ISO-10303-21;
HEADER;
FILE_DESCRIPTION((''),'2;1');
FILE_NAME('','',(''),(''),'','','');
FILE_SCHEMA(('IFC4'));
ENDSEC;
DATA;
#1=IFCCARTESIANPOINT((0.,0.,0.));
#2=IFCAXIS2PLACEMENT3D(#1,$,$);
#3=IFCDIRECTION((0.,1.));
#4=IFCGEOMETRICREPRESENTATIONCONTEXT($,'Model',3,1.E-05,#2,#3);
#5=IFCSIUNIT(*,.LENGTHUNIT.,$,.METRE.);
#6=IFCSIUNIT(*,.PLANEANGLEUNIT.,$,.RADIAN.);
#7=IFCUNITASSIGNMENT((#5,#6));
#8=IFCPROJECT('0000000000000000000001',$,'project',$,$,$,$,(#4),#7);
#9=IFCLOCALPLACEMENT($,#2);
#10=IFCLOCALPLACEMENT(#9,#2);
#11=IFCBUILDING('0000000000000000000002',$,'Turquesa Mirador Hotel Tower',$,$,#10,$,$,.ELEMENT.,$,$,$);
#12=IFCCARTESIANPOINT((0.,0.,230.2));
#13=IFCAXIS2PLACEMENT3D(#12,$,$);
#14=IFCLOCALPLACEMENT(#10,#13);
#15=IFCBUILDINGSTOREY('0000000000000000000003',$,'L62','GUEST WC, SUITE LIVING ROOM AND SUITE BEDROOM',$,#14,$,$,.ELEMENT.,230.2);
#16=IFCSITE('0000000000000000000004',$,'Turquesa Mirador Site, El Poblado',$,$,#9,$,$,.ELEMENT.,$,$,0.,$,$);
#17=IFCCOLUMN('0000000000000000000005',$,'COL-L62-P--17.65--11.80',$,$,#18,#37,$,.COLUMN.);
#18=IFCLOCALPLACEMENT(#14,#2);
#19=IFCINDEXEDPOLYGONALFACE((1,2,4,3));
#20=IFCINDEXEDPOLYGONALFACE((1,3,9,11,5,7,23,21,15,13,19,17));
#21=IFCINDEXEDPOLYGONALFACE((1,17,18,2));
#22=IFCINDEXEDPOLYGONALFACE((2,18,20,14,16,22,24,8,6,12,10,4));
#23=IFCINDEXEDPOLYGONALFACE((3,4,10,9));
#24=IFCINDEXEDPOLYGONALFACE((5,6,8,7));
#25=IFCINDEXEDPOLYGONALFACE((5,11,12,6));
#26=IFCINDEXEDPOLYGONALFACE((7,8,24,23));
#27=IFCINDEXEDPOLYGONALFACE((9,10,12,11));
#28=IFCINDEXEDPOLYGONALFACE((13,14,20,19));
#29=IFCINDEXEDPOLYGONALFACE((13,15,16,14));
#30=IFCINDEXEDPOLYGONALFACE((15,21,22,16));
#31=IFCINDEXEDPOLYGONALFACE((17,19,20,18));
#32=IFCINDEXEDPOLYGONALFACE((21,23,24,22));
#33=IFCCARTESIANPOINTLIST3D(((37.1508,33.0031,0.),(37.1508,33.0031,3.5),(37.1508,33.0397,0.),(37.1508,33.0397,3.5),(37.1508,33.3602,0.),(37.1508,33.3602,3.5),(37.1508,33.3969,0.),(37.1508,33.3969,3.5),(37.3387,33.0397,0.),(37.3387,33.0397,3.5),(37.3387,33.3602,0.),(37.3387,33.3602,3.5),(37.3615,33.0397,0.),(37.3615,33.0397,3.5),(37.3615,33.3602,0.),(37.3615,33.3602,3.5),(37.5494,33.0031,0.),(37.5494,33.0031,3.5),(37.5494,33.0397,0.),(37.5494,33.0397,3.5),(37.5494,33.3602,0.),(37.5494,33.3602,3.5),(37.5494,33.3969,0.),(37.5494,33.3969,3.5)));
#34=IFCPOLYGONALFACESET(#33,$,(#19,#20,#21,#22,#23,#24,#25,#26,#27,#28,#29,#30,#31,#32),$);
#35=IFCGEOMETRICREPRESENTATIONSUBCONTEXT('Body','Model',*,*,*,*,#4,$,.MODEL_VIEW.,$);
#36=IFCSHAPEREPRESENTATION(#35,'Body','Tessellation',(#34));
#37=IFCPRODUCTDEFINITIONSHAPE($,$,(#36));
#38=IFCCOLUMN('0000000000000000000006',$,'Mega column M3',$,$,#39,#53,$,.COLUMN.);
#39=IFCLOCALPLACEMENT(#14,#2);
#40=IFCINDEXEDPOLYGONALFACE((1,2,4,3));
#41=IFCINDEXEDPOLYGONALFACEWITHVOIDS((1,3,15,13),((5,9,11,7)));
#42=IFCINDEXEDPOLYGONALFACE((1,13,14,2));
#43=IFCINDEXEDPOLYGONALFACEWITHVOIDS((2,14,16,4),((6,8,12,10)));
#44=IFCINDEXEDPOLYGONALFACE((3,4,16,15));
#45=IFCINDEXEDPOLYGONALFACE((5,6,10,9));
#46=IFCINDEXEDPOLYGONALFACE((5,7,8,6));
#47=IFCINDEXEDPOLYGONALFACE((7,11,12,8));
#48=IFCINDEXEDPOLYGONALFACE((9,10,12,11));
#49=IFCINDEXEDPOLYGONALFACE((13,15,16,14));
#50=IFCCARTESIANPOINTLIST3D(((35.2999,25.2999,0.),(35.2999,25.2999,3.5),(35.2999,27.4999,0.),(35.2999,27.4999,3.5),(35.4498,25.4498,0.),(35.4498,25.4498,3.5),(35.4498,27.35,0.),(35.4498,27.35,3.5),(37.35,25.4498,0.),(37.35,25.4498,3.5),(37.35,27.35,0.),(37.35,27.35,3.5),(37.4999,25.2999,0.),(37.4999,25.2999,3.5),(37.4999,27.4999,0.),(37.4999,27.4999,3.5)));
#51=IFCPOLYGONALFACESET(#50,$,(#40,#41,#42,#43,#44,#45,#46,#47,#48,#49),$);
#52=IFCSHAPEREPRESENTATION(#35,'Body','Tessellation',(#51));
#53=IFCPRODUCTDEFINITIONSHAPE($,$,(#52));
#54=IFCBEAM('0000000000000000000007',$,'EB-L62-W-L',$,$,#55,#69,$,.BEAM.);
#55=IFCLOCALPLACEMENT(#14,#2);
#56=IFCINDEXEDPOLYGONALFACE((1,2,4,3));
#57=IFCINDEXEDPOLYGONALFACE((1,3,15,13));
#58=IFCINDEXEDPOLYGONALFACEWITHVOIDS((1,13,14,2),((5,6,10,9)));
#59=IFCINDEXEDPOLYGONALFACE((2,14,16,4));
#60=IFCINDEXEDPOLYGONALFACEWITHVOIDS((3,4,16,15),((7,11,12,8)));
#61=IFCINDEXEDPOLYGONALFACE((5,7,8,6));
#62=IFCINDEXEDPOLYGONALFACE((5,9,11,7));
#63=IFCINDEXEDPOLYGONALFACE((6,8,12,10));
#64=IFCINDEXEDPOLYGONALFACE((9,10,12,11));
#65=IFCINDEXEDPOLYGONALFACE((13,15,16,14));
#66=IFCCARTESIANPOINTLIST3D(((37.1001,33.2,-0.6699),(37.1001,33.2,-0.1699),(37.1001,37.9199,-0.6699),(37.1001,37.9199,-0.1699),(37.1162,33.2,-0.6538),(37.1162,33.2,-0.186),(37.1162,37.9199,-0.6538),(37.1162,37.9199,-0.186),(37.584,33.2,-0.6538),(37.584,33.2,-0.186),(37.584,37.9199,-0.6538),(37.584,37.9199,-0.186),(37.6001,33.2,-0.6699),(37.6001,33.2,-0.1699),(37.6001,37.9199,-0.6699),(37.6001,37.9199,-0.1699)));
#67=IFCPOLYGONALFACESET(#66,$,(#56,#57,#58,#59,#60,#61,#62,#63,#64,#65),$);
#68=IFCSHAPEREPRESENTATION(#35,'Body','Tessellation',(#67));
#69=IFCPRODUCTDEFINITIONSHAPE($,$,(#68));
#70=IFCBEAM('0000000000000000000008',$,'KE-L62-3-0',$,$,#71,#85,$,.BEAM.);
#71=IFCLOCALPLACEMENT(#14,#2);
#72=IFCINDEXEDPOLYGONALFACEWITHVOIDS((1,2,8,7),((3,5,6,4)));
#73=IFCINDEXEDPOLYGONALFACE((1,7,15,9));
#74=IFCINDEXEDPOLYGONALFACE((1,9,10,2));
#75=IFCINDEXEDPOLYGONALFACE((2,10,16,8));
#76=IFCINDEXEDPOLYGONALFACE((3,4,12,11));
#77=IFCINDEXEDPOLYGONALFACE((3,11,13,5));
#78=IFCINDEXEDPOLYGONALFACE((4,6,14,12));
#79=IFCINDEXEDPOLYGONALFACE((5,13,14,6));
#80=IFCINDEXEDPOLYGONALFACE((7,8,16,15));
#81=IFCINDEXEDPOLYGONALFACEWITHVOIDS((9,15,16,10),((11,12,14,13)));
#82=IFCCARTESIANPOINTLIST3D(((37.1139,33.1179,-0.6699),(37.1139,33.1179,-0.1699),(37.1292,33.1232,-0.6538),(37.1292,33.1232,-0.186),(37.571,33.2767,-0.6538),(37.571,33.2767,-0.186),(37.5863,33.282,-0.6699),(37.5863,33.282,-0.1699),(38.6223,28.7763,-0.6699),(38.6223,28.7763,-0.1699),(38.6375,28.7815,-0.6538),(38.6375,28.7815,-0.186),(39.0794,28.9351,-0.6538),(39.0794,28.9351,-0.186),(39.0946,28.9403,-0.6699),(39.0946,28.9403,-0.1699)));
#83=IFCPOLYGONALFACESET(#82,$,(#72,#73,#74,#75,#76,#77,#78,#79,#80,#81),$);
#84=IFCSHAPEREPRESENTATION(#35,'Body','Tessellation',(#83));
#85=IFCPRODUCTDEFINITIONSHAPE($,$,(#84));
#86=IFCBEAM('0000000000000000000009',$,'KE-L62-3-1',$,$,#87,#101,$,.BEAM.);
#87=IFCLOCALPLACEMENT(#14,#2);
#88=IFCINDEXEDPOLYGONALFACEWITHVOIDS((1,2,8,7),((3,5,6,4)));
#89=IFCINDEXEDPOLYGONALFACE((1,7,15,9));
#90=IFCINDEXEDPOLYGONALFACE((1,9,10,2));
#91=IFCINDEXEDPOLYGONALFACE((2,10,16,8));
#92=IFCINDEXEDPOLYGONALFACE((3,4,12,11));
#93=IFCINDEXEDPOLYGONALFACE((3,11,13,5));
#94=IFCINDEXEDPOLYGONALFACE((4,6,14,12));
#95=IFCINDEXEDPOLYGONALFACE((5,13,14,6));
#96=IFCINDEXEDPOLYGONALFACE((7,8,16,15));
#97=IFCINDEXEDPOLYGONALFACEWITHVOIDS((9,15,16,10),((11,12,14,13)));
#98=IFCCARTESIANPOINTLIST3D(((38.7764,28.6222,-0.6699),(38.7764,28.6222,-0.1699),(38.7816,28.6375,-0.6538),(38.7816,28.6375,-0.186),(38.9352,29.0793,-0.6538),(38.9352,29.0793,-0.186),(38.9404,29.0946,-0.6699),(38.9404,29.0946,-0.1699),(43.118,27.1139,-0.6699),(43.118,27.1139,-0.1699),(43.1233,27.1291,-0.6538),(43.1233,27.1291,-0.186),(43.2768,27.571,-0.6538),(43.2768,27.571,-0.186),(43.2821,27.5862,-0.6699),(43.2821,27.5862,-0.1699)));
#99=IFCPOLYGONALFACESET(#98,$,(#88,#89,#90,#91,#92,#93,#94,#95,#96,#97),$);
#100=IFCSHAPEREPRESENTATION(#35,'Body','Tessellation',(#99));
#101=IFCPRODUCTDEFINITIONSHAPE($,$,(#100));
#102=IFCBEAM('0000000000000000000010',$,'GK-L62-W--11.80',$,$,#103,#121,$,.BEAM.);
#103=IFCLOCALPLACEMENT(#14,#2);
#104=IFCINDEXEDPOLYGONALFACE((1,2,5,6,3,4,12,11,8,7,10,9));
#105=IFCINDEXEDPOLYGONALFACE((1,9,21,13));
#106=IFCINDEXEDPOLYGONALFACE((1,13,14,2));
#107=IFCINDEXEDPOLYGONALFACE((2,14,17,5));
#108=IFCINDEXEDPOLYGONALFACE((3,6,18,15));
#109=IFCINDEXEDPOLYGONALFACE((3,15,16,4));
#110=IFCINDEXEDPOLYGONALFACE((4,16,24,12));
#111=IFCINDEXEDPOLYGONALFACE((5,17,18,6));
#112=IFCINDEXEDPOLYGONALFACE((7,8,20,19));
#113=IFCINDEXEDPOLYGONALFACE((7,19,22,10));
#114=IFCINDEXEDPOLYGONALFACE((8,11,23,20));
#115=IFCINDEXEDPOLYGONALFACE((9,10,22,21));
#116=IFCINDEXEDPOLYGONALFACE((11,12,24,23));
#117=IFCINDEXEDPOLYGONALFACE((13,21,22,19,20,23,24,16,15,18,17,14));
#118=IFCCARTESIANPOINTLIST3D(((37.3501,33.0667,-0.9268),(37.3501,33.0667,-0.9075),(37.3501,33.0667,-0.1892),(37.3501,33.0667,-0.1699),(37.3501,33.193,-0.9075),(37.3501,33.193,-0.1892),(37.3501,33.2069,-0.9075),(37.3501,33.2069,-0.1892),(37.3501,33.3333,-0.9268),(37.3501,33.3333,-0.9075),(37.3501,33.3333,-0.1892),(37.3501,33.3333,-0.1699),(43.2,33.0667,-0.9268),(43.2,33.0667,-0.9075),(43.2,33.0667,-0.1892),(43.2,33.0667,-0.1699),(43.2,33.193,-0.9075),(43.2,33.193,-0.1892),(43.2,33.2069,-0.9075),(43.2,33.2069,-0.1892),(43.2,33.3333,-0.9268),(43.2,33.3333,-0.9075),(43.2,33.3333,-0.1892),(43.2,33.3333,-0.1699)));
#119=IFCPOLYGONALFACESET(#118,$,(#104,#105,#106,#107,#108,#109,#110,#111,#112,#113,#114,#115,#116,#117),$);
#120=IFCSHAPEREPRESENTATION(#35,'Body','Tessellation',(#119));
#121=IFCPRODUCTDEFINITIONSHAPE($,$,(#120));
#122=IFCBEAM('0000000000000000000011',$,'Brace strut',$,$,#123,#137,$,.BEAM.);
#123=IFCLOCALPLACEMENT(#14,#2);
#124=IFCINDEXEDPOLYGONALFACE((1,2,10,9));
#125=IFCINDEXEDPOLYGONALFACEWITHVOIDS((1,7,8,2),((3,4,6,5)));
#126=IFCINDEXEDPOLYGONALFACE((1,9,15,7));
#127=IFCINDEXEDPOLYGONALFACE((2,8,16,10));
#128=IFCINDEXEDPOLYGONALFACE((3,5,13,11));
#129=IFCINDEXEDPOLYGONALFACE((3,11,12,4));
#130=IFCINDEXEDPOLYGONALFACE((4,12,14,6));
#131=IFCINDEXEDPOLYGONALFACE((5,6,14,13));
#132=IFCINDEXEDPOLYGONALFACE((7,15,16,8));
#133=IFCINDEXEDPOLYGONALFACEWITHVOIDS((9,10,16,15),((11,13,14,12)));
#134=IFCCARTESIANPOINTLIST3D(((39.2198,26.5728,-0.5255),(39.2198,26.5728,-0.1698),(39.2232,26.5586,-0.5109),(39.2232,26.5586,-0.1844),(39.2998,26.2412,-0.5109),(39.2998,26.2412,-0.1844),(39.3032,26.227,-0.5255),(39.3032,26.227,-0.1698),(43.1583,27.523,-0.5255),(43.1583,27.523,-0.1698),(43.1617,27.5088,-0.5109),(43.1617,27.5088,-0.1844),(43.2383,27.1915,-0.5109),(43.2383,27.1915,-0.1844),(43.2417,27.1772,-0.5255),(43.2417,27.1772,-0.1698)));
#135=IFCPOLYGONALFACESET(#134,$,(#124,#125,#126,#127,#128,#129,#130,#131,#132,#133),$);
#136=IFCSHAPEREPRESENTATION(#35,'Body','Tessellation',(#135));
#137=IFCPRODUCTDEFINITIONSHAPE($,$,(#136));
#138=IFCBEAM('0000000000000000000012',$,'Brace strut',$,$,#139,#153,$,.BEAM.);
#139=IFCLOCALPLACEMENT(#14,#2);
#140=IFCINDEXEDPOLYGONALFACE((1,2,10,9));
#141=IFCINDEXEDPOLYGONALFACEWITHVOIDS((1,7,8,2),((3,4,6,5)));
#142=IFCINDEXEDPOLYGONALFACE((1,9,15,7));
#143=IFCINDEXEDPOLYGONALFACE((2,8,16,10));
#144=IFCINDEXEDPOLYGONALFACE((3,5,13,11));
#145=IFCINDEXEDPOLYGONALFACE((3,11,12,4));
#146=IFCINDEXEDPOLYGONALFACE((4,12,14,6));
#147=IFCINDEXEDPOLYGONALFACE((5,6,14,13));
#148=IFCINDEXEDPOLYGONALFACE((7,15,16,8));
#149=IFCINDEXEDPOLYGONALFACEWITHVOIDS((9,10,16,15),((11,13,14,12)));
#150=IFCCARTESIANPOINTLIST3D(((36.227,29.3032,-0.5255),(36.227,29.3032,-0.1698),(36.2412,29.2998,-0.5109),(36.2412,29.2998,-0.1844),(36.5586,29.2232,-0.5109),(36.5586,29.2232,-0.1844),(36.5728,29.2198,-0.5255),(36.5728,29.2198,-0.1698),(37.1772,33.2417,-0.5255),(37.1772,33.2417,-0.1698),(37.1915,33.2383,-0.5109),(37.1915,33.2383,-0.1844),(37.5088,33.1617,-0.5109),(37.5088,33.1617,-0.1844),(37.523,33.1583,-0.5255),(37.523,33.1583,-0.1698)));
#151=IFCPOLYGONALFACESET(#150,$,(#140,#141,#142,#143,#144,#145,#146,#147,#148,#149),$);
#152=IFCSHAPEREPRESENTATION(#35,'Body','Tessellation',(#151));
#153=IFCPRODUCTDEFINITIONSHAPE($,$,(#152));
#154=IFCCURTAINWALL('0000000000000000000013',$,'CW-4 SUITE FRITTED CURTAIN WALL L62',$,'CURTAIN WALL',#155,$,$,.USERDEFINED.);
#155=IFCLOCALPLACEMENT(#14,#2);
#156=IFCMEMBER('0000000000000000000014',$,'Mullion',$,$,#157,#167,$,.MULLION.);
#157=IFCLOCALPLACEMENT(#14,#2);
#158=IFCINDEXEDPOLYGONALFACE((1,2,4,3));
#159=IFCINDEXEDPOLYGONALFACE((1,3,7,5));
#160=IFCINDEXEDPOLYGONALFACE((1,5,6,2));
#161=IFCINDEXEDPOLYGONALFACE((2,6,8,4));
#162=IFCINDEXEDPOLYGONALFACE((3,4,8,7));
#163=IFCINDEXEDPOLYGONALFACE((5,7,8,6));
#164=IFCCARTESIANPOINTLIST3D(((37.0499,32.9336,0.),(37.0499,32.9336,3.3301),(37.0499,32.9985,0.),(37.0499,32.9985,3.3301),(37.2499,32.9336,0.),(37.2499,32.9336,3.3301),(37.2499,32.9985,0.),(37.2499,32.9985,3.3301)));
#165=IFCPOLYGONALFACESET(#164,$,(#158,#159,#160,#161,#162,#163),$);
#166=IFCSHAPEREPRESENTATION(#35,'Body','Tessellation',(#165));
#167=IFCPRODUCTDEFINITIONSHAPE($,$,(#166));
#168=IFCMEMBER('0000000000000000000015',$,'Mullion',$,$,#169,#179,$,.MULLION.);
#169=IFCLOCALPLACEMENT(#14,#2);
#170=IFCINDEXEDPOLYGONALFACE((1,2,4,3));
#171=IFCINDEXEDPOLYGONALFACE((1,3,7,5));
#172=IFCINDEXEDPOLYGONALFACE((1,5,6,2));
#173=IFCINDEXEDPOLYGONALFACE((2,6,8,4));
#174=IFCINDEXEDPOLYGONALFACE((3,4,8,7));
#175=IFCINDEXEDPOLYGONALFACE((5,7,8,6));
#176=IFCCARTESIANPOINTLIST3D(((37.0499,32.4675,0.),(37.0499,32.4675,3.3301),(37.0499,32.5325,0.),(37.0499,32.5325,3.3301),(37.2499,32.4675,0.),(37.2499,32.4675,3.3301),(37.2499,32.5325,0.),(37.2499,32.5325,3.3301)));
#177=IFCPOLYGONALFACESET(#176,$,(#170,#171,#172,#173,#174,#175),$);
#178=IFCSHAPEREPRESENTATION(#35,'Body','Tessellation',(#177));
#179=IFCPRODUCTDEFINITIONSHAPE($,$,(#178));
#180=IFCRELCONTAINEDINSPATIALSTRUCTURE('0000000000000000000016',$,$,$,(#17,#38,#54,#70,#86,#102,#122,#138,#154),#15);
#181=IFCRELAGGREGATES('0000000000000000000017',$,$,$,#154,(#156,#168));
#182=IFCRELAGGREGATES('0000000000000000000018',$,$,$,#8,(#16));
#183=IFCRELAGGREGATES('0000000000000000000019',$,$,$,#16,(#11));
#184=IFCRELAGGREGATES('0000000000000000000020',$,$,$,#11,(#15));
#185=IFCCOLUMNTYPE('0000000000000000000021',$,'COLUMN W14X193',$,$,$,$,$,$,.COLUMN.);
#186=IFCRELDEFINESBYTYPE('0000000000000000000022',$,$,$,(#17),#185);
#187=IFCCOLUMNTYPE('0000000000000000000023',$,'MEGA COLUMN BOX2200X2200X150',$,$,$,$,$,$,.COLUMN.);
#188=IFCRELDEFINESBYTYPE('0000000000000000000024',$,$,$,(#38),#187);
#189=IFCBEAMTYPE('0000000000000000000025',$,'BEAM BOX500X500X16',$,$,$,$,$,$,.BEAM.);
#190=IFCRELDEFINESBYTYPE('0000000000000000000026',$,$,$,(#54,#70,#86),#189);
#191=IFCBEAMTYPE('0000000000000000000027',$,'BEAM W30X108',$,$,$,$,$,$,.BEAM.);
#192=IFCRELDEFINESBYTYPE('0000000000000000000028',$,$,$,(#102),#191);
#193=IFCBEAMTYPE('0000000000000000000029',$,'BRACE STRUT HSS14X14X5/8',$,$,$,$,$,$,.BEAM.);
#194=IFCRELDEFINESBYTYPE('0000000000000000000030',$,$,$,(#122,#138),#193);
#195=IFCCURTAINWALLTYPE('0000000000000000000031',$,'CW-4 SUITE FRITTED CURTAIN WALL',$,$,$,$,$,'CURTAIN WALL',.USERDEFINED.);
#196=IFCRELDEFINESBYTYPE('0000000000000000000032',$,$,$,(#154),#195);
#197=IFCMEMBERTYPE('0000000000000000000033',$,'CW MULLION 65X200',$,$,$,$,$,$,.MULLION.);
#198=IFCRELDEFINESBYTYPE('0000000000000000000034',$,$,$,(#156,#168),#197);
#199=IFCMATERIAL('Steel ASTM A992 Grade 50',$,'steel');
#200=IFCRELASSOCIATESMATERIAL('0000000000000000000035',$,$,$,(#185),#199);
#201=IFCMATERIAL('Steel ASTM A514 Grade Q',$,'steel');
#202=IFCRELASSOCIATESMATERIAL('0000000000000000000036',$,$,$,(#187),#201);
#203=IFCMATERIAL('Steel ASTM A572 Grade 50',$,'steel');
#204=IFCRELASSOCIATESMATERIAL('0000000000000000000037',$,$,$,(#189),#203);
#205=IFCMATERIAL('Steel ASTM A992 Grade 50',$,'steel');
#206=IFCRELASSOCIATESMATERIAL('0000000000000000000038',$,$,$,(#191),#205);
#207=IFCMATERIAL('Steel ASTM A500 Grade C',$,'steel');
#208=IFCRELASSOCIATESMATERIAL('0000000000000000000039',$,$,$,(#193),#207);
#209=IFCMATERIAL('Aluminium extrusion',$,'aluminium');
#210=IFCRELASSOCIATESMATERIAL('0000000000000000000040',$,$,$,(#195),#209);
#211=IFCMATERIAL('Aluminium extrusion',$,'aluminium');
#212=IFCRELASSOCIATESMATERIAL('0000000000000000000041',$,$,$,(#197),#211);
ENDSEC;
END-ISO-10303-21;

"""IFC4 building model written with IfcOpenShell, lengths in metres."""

from ifc_helpers import new_model, si_unit, direction, frame, origin, origin_2d, place, context, subcontext, project, spatial, rectangle, hollow_rectangle, i_section, extrude, material, material_profile, profile_set, type_object, element, aggregate, save


model = new_model("IFC4")

# Units and contexts
model_context = context("Model", 3, precision=1e-05, world=origin(), true_north=direction((0.0, 1.0)))
body_context = subcontext(model_context, "Body", "Model", "MODEL_VIEW")
ifc_project = project(units=[si_unit("LENGTHUNIT", "METRE"), si_unit("PLANEANGLEUNIT", "RADIAN")], contexts=[model_context])

# Site, building, storey
site_placement = place(None, origin())
site = spatial("IfcSite", under=ifc_project, at=site_placement, Name="Turquesa Mirador Site, El Poblado", CompositionType="ELEMENT", RefElevation=0.0)
building_placement = place(site_placement, origin())
building = spatial("IfcBuilding", under=site, at=building_placement, Name="Turquesa Mirador Hotel Tower", CompositionType="ELEMENT")
storey_placement = place(building_placement, frame((0.0, 0.0, 230.2)))
storey = spatial("IfcBuildingStorey", under=building, at=storey_placement, Name="L62", Description="GUEST WC, SUITE LIVING ROOM AND SUITE BEDROOM", CompositionType="ELEMENT", Elevation=230.2)

# Columns
ifc_material_1 = material(Name="Steel ASTM A992 Grade 50", Category="steel")
ifc_material_profile_1 = material_profile(ifc_material_1, i_section(OverallWidth=0.3987, OverallDepth=0.3938, WebThickness=0.0227, FlangeThickness=0.0366, at=origin_2d()), Name="W14X193")
ifc_profile_set_1 = profile_set([ifc_material_profile_1], Name="Steel ASTM A992 Grade 50")
column_type_1 = type_object("IfcColumnType", Name="COLUMN W14X193", PredefinedType="COLUMN", material=ifc_profile_set_1)
column_1_placement = place(storey_placement, frame((37.3501, 33.2, 0.0), z_axis=(0.0, 0.0, 1.0), x_axis=(1.0, 0.0, 0.0)))
element("IfcColumn", 1, at=column_1_placement, inside=storey, type_object=column_type_1, Name="COL-L62-P--17.65--11.80", PredefinedType="COLUMN", context=body_context, shape_type="SweptSolid", body=[
    extrude(i_section(OverallWidth=0.3987, OverallDepth=0.3938, WebThickness=0.0227, FlangeThickness=0.0366, at=origin_2d()), origin(), (0.0, 0.0, 1.0), 3.5),
])
ifc_material_2 = material(Name="Steel ASTM A514 Grade Q", Category="steel")
ifc_material_profile_2 = material_profile(ifc_material_2, hollow_rectangle(XDim=2.2, YDim=2.2, WallThickness=0.1499, at=origin_2d()), Name="BOX2200X2200X150")
ifc_profile_set_2 = profile_set([ifc_material_profile_2], Name="Steel ASTM A514 Grade Q")
column_type_2 = type_object("IfcColumnType", Name="MEGA COLUMN BOX2200X2200X150", PredefinedType="COLUMN", material=ifc_profile_set_2)
column_2_placement = place(storey_placement, frame((36.3999, 26.3999, 0.0), z_axis=(0.0, 0.0, 1.0), x_axis=(1.0, 0.0, 0.0)))
element("IfcColumn", 2, at=column_2_placement, inside=storey, type_object=column_type_2, Name="Mega column M3", PredefinedType="COLUMN", context=body_context, shape_type="SweptSolid", body=[
    extrude(hollow_rectangle(XDim=2.2, YDim=2.2, WallThickness=0.1499, at=origin_2d()), origin(), (0.0, 0.0, 1.0), 3.5),
])

# Beams
ifc_material_3 = material(Name="Steel ASTM A572 Grade 50", Category="steel")
ifc_material_profile_3 = material_profile(ifc_material_3, hollow_rectangle(XDim=0.5, YDim=0.5, WallThickness=0.0161, at=origin_2d()), Name="BOX500X500X16")
ifc_profile_set_3 = profile_set([ifc_material_profile_3], Name="Steel ASTM A572 Grade 50")
beam_type_1 = type_object("IfcBeamType", Name="BEAM BOX500X500X16", PredefinedType="BEAM", material=ifc_profile_set_3)
beam_1_placement = place(storey_placement, frame((37.3501, 33.2, -0.4199), z_axis=(0.0, 1.0, 0.0), x_axis=(-1.0, 0.0, 0.0)))
element("IfcBeam", 3, at=beam_1_placement, inside=storey, type_object=beam_type_1, Name="EB-L62-W-L", PredefinedType="BEAM", context=body_context, shape_type="SweptSolid", body=[
    extrude(hollow_rectangle(XDim=0.5, YDim=0.5, WallThickness=0.0161, at=origin_2d()), origin(), (0.0, 0.0, 1.0), 4.72),
])
for number, where, z_axis, x_axis, name in (
    (4, (37.3501, 33.2, -0.4199), (0.32817, -0.944619, 0.0), (0.944619, 0.32817, 0.0), "KE-L62-3-0"),
    (5, (38.8584, 28.8584, -0.4199), (0.944619, -0.32817, 0.0), (0.32817, 0.944619, 0.0), "KE-L62-3-1"),
):
    element("IfcBeam", number, at=place(storey_placement, frame(where, z_axis=z_axis, x_axis=x_axis)), inside=storey, type_object=beam_type_1, Name=name, PredefinedType="BEAM", context=body_context, shape_type="SweptSolid", body=[
        extrude(hollow_rectangle(XDim=0.5, YDim=0.5, WallThickness=0.0161, at=origin_2d()), origin(), (0.0, 0.0, 1.0), 4.5962),
    ])
ifc_material_4 = material(Name="Steel ASTM A992 Grade 50", Category="steel")
ifc_material_profile_4 = material_profile(ifc_material_4, i_section(OverallWidth=0.2666, OverallDepth=0.7568, WebThickness=0.0139, FlangeThickness=0.0193, at=origin_2d()), Name="W30X108")
ifc_profile_set_4 = profile_set([ifc_material_profile_4], Name="Steel ASTM A992 Grade 50")
beam_type_2 = type_object("IfcBeamType", Name="BEAM W30X108", PredefinedType="BEAM", material=ifc_profile_set_4)
beam_2_placement = place(storey_placement, frame((37.3501, 33.2, -0.5483), z_axis=(1.0, 0.0, 0.0), x_axis=(0.0, 1.0, 0.0)))
element("IfcBeam", 6, at=beam_2_placement, inside=storey, type_object=beam_type_2, Name="GK-L62-W--11.80", PredefinedType="BEAM", context=body_context, shape_type="SweptSolid", body=[
    extrude(i_section(OverallWidth=0.2666, OverallDepth=0.7568, WebThickness=0.0139, FlangeThickness=0.0193, at=origin_2d()), origin(), (0.0, 0.0, 1.0), 5.8499),
])
ifc_material_5 = material(Name="Steel ASTM A500 Grade C", Category="steel")
ifc_material_profile_5 = material_profile(ifc_material_5, hollow_rectangle(XDim=0.3557, YDim=0.3557, WallThickness=0.0146, at=origin_2d()), Name="HSS14X14X5/8")
ifc_profile_set_5 = profile_set([ifc_material_profile_5], Name="Steel ASTM A500 Grade C")
beam_type_3 = type_object("IfcBeamType", Name="BRACE STRUT HSS14X14X5/8", PredefinedType="BEAM", material=ifc_profile_set_5)
for number, where, z_axis, x_axis, name in (
    (7, (39.2615, 26.3999, -0.3477), (0.972109, 0.234531, 0.0), (-0.234531, 0.972109, 0.0), "Brace strut"),
    (8, (36.3999, 29.2615, -0.3477), (0.234531, 0.972109, 0.0), (-0.972109, 0.234531, 0.0), "Brace strut"),
):
    element("IfcBeam", number, at=place(storey_placement, frame(where, z_axis=z_axis, x_axis=x_axis)), inside=storey, type_object=beam_type_3, Name=name, PredefinedType="BEAM", context=body_context, shape_type="SweptSolid", body=[
        extrude(hollow_rectangle(XDim=0.3557, YDim=0.3557, WallThickness=0.0146, at=origin_2d()), origin(), (0.0, 0.0, 1.0), 4.0515),
    ])

# Curtain wall, members
ifc_material_6 = material(Name="Aluminium extrusion", Category="aluminium")
curtain_wall_type = type_object("IfcCurtainWallType", Name="CW-4 SUITE FRITTED CURTAIN WALL", ElementType="CURTAIN WALL", PredefinedType="USERDEFINED", material=ifc_material_6)
curtain_wall_1_placement = place(storey_placement, origin())
curtain_wall_1 = element("IfcCurtainWall", 9, at=curtain_wall_1_placement, inside=storey, type_object=curtain_wall_type, Name="CW-4 SUITE FRITTED CURTAIN WALL L62", ObjectType="CURTAIN WALL", PredefinedType="USERDEFINED")
ifc_material_7 = material(Name="Aluminium extrusion", Category="aluminium")
ifc_material_profile_6 = material_profile(ifc_material_7, rectangle(XDim=0.0649, YDim=0.2, at=origin_2d()), Name="MULLION 65X200")
ifc_profile_set_6 = profile_set([ifc_material_profile_6], Name="Aluminium extrusion")
member_type_1 = type_object("IfcMemberType", Name="CW MULLION 65X200", PredefinedType="MULLION", material=ifc_profile_set_6)
member_1_placement = place(storey_placement, frame((37.1499, 32.9661, 0.0), z_axis=(0.0, 0.0, 1.0), x_axis=(0.0, -1.0, 0.0)))
member_1 = element("IfcMember", 10, at=member_1_placement, type_object=member_type_1, Name="Mullion", PredefinedType="MULLION", context=body_context, shape_type="SweptSolid", body=[
    extrude(rectangle(XDim=0.0649, YDim=0.2, at=origin_2d()), origin(), (0.0, 0.0, 1.0), 3.3301),
])
member_2_placement = place(storey_placement, frame((37.1499, 32.5, 0.0), z_axis=(0.0, 0.0, 1.0), x_axis=(0.0, -1.0, 0.0)))
member_2 = element("IfcMember", 11, at=member_2_placement, type_object=member_type_1, Name="Mullion", PredefinedType="MULLION", context=body_context, shape_type="SweptSolid", body=[
    extrude(rectangle(XDim=0.0649, YDim=0.2, at=origin_2d()), origin(), (0.0, 0.0, 1.0), 3.3301),
])

aggregate(curtain_wall_1, [member_1, member_2])

save(model, "model.ifc")
